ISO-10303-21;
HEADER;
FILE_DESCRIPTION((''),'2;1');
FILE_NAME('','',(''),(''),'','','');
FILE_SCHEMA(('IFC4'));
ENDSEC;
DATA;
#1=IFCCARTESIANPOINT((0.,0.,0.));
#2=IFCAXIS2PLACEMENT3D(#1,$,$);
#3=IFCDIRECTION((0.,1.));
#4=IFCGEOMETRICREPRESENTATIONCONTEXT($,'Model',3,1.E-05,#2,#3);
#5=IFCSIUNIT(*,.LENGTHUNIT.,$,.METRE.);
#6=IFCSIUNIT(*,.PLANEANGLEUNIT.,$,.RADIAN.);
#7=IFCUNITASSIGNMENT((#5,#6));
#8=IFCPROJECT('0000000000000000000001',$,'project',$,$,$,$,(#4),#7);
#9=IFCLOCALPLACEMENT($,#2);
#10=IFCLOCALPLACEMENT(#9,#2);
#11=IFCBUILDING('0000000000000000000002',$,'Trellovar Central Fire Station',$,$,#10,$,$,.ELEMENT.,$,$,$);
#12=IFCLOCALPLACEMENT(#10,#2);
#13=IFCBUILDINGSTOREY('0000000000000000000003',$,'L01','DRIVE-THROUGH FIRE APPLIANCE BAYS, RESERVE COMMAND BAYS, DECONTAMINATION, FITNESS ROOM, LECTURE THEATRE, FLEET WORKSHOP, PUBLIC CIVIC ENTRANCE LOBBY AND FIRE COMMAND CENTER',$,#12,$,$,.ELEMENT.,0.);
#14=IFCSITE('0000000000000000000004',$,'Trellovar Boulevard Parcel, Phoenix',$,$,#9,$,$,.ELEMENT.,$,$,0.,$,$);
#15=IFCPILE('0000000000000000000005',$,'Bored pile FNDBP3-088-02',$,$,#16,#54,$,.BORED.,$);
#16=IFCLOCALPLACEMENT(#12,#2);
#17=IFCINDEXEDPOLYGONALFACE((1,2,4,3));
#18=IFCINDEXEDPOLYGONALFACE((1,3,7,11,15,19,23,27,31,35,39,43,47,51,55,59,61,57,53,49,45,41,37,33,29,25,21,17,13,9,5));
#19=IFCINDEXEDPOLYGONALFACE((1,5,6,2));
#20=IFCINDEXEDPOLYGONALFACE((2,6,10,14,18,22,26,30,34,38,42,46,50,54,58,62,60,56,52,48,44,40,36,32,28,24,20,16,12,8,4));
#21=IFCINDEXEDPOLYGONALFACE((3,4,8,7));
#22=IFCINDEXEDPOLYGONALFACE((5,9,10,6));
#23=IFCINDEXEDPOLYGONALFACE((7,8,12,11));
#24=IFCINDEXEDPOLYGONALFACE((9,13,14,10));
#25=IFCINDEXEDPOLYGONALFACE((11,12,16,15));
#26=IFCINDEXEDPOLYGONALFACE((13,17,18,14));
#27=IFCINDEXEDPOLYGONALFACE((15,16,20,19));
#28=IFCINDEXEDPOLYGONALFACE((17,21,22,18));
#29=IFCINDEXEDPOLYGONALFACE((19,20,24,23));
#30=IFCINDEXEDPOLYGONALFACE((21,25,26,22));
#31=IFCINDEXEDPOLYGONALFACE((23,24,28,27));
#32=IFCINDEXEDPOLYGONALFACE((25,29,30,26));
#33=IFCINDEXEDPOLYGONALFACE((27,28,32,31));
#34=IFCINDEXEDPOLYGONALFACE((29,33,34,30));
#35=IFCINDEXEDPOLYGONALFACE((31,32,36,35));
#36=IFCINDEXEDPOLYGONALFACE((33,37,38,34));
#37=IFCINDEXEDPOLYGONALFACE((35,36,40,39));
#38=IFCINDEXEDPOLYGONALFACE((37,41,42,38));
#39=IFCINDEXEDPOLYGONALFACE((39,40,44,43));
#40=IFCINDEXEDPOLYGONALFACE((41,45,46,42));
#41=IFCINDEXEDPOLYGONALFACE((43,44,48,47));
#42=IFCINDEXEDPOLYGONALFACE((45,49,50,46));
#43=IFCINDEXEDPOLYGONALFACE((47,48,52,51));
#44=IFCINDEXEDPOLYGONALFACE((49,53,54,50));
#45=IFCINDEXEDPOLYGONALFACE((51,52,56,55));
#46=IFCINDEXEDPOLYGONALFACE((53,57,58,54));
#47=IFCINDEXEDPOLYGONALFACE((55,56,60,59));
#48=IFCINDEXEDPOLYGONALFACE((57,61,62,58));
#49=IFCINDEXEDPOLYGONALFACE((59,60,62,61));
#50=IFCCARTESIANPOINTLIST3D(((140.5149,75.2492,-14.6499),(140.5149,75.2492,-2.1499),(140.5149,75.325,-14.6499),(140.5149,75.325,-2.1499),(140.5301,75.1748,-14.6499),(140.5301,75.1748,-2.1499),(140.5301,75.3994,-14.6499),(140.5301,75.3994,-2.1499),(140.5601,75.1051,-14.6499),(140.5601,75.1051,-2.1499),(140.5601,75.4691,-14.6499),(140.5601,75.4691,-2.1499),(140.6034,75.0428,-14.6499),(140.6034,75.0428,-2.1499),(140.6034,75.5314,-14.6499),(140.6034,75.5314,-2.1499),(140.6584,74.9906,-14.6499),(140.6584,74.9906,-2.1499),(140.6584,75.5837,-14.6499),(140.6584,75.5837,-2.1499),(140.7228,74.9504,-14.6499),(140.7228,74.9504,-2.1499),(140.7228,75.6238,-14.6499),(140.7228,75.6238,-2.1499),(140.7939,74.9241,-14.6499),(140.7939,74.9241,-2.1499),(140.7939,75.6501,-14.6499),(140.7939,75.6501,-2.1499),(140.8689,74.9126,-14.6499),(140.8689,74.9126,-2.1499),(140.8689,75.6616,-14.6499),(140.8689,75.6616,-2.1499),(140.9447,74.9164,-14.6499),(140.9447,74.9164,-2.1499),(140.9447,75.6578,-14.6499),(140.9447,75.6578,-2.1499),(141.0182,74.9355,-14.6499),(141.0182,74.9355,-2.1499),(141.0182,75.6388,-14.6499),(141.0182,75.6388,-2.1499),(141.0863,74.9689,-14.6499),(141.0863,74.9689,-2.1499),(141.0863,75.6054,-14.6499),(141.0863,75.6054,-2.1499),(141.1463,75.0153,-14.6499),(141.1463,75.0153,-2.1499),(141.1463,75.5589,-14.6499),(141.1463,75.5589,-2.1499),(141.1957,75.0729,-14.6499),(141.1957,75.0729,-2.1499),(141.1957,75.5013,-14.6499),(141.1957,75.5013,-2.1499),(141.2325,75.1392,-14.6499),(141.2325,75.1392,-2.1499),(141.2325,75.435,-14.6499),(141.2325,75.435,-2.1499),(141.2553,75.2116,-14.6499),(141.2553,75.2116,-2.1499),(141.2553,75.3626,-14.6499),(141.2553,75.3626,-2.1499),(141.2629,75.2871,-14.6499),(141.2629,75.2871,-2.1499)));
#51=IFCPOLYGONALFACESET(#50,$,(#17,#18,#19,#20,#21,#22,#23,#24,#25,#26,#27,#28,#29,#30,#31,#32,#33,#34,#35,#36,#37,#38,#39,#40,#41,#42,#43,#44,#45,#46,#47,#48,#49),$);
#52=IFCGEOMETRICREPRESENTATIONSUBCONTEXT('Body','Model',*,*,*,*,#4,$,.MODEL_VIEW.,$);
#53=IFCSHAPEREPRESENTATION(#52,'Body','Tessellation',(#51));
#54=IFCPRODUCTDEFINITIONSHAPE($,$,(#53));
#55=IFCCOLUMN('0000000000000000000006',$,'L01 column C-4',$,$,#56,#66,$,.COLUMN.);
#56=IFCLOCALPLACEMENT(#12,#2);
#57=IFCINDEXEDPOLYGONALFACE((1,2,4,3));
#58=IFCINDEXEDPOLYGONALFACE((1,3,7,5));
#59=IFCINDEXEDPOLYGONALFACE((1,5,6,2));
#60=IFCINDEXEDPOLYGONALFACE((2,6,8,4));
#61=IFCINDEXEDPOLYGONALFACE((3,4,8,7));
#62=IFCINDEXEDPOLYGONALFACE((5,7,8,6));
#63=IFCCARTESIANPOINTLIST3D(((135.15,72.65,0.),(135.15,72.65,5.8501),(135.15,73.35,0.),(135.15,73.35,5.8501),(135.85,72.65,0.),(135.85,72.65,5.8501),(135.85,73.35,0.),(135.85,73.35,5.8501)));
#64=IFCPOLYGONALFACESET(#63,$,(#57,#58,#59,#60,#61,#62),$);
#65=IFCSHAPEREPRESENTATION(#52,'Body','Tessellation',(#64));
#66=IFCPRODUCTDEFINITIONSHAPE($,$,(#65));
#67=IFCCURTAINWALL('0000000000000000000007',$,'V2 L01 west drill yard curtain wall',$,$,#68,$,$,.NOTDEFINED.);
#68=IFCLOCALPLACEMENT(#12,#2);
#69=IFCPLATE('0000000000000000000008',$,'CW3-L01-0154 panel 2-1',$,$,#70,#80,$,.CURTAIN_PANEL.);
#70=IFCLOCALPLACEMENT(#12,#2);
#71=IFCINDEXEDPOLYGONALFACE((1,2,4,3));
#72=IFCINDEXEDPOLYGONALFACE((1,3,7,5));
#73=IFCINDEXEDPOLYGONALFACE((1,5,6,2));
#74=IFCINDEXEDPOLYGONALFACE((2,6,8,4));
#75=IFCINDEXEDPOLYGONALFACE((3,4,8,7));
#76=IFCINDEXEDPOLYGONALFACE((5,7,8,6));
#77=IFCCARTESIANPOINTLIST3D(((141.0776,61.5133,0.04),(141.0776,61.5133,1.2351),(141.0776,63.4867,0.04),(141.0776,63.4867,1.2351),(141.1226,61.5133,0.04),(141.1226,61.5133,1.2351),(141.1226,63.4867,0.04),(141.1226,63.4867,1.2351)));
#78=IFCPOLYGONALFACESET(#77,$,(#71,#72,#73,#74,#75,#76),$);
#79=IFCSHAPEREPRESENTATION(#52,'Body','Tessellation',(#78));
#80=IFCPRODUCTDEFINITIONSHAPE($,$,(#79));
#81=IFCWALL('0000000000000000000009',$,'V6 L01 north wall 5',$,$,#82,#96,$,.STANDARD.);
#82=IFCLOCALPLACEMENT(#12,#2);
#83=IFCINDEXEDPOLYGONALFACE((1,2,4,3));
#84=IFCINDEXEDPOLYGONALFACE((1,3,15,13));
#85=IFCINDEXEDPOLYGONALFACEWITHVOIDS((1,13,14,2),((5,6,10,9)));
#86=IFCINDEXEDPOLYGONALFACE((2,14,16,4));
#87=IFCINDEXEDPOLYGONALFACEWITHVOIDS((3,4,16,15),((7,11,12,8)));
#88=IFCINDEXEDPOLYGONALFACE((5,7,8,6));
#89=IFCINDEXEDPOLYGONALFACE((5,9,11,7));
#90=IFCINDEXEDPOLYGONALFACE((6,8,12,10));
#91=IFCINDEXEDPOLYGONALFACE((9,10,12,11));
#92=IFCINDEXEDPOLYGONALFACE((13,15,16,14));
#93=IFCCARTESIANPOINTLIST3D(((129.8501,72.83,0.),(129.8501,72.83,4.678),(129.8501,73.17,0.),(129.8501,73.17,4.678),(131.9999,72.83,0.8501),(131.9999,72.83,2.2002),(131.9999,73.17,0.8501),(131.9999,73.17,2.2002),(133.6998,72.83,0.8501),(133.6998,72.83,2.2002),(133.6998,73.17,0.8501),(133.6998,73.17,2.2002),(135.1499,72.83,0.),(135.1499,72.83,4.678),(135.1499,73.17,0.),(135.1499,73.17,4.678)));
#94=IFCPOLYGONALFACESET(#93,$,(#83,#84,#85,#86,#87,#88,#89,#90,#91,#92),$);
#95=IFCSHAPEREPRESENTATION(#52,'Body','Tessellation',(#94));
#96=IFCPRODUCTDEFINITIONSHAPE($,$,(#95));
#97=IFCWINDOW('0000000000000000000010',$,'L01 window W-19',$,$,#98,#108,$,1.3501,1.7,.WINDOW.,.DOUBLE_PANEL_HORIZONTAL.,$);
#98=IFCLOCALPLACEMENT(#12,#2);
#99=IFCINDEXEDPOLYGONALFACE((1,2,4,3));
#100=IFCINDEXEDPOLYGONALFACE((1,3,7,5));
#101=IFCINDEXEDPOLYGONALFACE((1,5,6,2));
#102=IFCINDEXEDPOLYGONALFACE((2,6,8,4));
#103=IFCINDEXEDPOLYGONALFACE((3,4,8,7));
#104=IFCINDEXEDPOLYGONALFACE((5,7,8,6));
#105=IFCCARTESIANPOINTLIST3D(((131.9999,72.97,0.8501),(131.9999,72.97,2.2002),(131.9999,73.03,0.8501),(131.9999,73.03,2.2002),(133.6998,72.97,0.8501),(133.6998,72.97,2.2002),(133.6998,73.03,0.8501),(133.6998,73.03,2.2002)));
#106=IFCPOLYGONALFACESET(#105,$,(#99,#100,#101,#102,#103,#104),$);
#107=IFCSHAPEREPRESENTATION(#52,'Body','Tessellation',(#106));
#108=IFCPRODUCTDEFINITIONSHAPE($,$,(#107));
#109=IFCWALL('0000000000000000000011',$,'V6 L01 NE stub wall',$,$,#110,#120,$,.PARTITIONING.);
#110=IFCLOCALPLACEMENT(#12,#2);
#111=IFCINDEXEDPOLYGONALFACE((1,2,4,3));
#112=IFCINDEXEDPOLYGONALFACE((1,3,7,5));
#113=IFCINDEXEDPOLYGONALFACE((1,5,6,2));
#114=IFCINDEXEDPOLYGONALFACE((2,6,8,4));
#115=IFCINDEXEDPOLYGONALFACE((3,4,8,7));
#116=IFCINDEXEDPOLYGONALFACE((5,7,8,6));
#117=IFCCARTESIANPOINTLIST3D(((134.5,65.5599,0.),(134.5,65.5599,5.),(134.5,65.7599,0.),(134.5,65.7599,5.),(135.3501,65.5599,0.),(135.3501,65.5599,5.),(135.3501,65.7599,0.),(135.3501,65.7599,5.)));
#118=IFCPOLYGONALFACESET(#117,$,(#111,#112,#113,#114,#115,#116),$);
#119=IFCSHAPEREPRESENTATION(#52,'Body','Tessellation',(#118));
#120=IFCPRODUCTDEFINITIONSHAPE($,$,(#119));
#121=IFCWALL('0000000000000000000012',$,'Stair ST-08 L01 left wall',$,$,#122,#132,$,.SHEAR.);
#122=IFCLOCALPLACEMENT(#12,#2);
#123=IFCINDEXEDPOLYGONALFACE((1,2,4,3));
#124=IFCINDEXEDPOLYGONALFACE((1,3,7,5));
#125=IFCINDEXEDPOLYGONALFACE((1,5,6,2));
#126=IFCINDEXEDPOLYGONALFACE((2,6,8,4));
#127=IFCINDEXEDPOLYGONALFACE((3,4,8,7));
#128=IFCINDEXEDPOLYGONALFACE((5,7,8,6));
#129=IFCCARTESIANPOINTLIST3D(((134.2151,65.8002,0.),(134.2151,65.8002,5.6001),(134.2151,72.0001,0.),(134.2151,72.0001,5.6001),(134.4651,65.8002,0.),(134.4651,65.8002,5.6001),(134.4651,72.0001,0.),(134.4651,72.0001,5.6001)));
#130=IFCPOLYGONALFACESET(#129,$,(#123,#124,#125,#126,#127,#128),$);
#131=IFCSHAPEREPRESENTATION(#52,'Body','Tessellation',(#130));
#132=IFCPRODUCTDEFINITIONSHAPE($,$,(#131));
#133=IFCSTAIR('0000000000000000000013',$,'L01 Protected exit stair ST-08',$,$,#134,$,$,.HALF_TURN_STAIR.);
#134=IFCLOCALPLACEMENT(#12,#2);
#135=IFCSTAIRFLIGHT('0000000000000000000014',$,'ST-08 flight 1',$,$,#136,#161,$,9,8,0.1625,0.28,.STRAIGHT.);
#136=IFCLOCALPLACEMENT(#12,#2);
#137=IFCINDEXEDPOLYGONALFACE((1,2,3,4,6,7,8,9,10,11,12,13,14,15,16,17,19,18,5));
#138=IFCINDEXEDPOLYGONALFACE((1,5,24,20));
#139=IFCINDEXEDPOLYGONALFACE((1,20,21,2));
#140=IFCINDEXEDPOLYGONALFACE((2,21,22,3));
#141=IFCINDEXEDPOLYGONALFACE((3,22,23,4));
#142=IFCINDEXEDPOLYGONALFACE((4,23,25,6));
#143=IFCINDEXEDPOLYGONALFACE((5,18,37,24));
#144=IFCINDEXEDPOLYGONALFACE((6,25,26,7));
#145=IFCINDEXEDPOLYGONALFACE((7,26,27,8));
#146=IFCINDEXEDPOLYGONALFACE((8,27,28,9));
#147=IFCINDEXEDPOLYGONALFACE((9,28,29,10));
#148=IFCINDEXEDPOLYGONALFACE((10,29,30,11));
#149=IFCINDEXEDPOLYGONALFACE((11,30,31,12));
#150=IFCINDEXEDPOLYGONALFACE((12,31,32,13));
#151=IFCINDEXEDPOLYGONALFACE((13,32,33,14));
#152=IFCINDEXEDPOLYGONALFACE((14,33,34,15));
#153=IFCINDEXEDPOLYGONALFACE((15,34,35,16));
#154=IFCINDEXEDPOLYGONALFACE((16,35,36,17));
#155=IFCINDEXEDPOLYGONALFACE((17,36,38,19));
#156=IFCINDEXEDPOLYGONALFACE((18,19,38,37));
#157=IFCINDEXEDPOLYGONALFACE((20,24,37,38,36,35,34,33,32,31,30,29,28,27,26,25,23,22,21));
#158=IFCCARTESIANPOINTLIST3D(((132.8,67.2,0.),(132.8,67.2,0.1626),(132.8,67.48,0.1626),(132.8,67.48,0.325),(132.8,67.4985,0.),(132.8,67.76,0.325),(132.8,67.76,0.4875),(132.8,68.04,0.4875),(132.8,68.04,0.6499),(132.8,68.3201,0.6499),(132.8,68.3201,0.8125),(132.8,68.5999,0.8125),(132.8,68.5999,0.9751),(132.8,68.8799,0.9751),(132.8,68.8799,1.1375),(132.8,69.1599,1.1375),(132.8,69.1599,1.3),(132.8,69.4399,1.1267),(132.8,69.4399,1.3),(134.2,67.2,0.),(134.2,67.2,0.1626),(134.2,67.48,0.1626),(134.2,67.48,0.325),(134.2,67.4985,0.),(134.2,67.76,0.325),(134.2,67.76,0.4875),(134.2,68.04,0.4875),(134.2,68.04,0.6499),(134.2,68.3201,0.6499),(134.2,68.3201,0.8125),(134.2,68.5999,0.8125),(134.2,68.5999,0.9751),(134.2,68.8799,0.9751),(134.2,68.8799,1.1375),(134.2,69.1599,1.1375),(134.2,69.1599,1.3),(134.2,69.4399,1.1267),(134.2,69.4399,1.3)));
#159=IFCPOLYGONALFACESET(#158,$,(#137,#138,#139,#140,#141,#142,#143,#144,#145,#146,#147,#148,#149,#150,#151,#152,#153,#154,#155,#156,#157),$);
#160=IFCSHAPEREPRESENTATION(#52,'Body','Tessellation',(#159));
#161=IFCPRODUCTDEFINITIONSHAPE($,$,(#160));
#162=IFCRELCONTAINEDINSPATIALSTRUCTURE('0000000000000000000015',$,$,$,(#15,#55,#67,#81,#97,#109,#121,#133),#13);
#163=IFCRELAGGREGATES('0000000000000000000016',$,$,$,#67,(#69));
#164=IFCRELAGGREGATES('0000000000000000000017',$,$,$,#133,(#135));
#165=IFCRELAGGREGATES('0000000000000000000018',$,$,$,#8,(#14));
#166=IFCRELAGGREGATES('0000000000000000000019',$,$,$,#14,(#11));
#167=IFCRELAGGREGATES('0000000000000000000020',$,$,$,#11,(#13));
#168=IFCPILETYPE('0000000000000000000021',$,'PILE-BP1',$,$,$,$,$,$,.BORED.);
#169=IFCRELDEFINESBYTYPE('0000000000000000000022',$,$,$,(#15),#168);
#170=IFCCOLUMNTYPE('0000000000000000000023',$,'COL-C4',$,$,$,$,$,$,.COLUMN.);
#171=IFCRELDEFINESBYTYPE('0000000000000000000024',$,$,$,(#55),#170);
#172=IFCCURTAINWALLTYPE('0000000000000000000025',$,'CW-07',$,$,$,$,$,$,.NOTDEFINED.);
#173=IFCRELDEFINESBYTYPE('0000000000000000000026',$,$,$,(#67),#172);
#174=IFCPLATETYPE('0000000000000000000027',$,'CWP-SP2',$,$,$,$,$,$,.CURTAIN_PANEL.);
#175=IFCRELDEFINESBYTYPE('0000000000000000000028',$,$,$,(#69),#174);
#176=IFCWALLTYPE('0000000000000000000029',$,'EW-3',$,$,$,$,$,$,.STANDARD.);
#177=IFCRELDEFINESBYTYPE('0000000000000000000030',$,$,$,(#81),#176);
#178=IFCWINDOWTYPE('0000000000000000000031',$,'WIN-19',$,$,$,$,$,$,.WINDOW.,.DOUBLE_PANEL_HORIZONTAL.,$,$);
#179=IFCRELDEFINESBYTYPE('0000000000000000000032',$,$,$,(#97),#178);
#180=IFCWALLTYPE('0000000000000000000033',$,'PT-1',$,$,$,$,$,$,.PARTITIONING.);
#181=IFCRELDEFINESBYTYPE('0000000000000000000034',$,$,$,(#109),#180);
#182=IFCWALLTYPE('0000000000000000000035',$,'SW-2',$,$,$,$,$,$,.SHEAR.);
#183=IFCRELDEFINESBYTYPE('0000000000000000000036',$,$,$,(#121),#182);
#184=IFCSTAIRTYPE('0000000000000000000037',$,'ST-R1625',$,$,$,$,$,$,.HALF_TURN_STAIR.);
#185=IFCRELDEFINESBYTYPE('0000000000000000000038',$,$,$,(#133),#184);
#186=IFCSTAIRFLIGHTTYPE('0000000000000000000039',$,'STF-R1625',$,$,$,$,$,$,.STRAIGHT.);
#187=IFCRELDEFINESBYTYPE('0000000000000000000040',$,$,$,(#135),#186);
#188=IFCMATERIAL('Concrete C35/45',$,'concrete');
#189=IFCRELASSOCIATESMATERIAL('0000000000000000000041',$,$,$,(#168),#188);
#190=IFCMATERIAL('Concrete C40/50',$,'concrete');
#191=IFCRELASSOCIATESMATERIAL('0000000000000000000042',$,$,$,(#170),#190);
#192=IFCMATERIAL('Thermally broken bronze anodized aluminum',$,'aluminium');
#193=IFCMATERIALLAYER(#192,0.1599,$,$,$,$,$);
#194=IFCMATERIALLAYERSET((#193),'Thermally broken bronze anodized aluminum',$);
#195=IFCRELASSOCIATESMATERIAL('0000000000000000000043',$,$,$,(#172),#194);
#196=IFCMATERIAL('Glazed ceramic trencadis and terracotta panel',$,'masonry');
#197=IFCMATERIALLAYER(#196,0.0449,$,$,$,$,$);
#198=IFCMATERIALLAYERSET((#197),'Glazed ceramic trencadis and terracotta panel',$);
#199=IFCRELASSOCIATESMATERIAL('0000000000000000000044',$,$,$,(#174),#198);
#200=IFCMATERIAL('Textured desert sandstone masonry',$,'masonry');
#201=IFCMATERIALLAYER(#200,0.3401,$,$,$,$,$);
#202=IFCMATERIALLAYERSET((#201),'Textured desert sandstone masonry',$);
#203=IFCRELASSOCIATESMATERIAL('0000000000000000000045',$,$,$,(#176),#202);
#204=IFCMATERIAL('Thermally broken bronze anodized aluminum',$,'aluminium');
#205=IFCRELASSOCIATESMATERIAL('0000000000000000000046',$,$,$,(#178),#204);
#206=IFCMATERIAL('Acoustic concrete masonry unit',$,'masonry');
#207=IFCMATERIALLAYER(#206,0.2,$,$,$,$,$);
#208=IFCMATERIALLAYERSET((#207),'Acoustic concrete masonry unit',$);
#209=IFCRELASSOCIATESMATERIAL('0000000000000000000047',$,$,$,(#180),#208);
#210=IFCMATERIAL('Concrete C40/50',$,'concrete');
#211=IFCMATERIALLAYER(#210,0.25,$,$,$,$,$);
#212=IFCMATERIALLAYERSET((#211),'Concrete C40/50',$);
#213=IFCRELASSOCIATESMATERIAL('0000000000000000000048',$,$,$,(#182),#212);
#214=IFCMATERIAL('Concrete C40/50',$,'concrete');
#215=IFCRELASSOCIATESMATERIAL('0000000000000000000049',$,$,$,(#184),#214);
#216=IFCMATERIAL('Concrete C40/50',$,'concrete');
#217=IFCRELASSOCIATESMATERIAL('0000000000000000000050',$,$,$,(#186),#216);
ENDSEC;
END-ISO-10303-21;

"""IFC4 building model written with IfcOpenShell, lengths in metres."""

from ifc_helpers import new_model, si_unit, direction, frame, frame_2d, origin, origin_2d, place, context, subcontext, project, spatial, polyline, rectangle, circle, outline, extrude, material, layer, layer_set, material_profile, profile_set, type_object, element, fill, aggregate, save


model = new_model("IFC4")

# Units and contexts
model_context = context("Model", 3, precision=1e-05, world=origin(), true_north=direction((0.0, 1.0)))
body_context = subcontext(model_context, "Body", "Model", "MODEL_VIEW")
ifc_project = project(units=[si_unit("LENGTHUNIT", "METRE"), si_unit("PLANEANGLEUNIT", "RADIAN")], contexts=[model_context])

# Site, building, storey
site_placement = place(None, origin())
site = spatial("IfcSite", under=ifc_project, at=site_placement, Name="Trellovar Boulevard Parcel, Phoenix", CompositionType="ELEMENT", RefElevation=0.0)
building_placement = place(site_placement, origin())
building = spatial("IfcBuilding", under=site, at=building_placement, Name="Trellovar Central Fire Station", CompositionType="ELEMENT")
storey_placement = place(building_placement, origin())
storey = spatial("IfcBuildingStorey", under=building, at=storey_placement, Name="L01", Description="DRIVE-THROUGH FIRE APPLIANCE BAYS, RESERVE COMMAND BAYS, DECONTAMINATION, FITNESS ROOM, LECTURE THEATRE, FLEET WORKSHOP, PUBLIC CIVIC ENTRANCE LOBBY AND FIRE COMMAND CENTER", CompositionType="ELEMENT", Elevation=0.0)

# Pile
ifc_material_1 = material(Name="Concrete C35/45", Category="concrete")
ifc_material_profile_1 = material_profile(ifc_material_1, circle(Radius=0.375, at=origin_2d()), Name="PILE750")
ifc_profile_set_1 = profile_set([ifc_material_profile_1], Name="Concrete C35/45")
pile_type = type_object("IfcPileType", Name="PILE-BP1", PredefinedType="BORED", material=ifc_profile_set_1)
for number, where, z_axis, x_axis, name in (
    (1, (140.8879, 75.2871, -2.1499), (0.0, 0.0, -1.0), (1.0, 0.0, 0.0), "Bored pile FNDBP3-088-02"),
):
    element("IfcPile", number, at=place(storey_placement, frame(where, z_axis=z_axis, x_axis=x_axis)), inside=storey, type_object=pile_type, Name=name, PredefinedType="BORED", context=body_context, shape_type="SweptSolid", body=[
        extrude(circle(Radius=0.375, at=origin_2d()), origin(), (0.0, 0.0, 1.0), 12.5),
    ])

# Column
ifc_material_2 = material(Name="Concrete C40/50", Category="concrete")
ifc_material_profile_2 = material_profile(ifc_material_2, rectangle(XDim=0.7, YDim=0.7, at=origin_2d()), Name="RC700X700")
ifc_profile_set_2 = profile_set([ifc_material_profile_2], Name="Concrete C40/50")
column_type = type_object("IfcColumnType", Name="COL-C4", PredefinedType="COLUMN", material=ifc_profile_set_2)
column_placement = place(storey_placement, frame((135.5, 73.0, 0.0), z_axis=(0.0, 0.0, 1.0), x_axis=(1.0, 0.0, 0.0)))
element("IfcColumn", 2, at=column_placement, inside=storey, type_object=column_type, Name="L01 column C-4", PredefinedType="COLUMN", context=body_context, shape_type="SweptSolid", body=[
    extrude(rectangle(XDim=0.7, YDim=0.7, at=origin_2d()), origin(), (0.0, 0.0, 1.0), 5.8501),
])

# Curtain wall, plate
ifc_material_3 = material(Name="Thermally broken bronze anodized aluminum", Category="aluminium")
ifc_layer_1 = layer(ifc_material_3, 0.1599)
ifc_layer_set_1 = layer_set([ifc_layer_1], Name="Thermally broken bronze anodized aluminum")
curtain_wall_type = type_object("IfcCurtainWallType", Name="CW-07", PredefinedType="NOTDEFINED", material=ifc_layer_set_1)
curtain_wall_placement = place(storey_placement, origin())
curtain_wall = element("IfcCurtainWall", 3, at=curtain_wall_placement, inside=storey, type_object=curtain_wall_type, Name="V2 L01 west drill yard curtain wall", PredefinedType="NOTDEFINED")
ifc_material_4 = material(Name="Glazed ceramic trencadis and terracotta panel", Category="masonry")
ifc_layer_2 = layer(ifc_material_4, 0.0449)
ifc_layer_set_2 = layer_set([ifc_layer_2], Name="Glazed ceramic trencadis and terracotta panel")
plate_type = type_object("IfcPlateType", Name="CWP-SP2", PredefinedType="CURTAIN_PANEL", material=ifc_layer_set_2)
plate_placement = place(storey_placement, frame((141.1001, 62.5, 0.04), z_axis=(0.0, 0.0, 1.0), x_axis=(0.0, 1.0, 0.0)))
plate = element("IfcPlate", 4, at=plate_placement, type_object=plate_type, Name="CW3-L01-0154 panel 2-1", PredefinedType="CURTAIN_PANEL", context=body_context, shape_type="SweptSolid", body=[
    extrude(rectangle(XDim=1.9734, YDim=0.0449, at=origin_2d()), origin(), (0.0, 0.0, 1.0), 1.1951),
])
aggregate(curtain_wall, [plate])

# Wall, opening, window
ifc_material_5 = material(Name="Textured desert sandstone masonry", Category="masonry")
ifc_layer_3 = layer(ifc_material_5, 0.3401)
ifc_layer_set_3 = layer_set([ifc_layer_3], Name="Textured desert sandstone masonry")
wall_type_1 = type_object("IfcWallType", Name="EW-3", PredefinedType="STANDARD", material=ifc_layer_set_3)
wall_1_placement = place(storey_placement, frame((135.1499, 73.0, 0.0), z_axis=(0.0, 0.0, 1.0), x_axis=(-1.0, 0.0, 0.0)))
wall_1 = element("IfcWall", 5, at=wall_1_placement, inside=storey, type_object=wall_type_1, Name="V6 L01 north wall 5", PredefinedType="STANDARD", context=body_context, shape_type="SweptSolid", body=[
    extrude(rectangle(XDim=5.2998, YDim=0.3401, at=frame_2d((2.6499, 0.0))), origin(), (0.0, 0.0, 1.0), 4.678),
])
opening_1_placement = place(wall_1_placement, frame((1.45, 0.0, 0.8501)))
opening_1 = element("IfcOpeningElement", 6, at=opening_1_placement, cuts=wall_1, PredefinedType="OPENING", context=body_context, shape_type="SweptSolid", body=[
    extrude(rectangle(XDim=1.7, YDim=1.3501, at=frame_2d((0.8501, 0.675))), frame((0.0, 0.1799, 0.0), z_axis=(0.0, -1.0, 0.0), x_axis=(1.0, 0.0, 0.0)), (0.0, 0.0, 1.0), 0.3601),
])
ifc_material_6 = material(Name="Thermally broken bronze anodized aluminum", Category="aluminium")
window_type = type_object("IfcWindowType", Name="WIN-19", PartitioningType="DOUBLE_PANEL_HORIZONTAL", PredefinedType="WINDOW", material=ifc_material_6)
window_placement = place(opening_1_placement, origin())
window = element("IfcWindow", 7, at=window_placement, inside=storey, type_object=window_type, Name="L01 window W-19", OverallHeight=1.3501, OverallWidth=1.7, PartitioningType="DOUBLE_PANEL_HORIZONTAL", PredefinedType="WINDOW", context=body_context, shape_type="SweptSolid", body=[
    extrude(rectangle(XDim=1.7, YDim=1.3501, at=frame_2d((0.8501, 0.675))), frame((0.0, 0.03, 0.0), z_axis=(0.0, -1.0, 0.0), x_axis=(1.0, 0.0, 0.0)), (0.0, 0.0, 1.0), 0.0601),
])
fill(opening_1, window)

# Wall
ifc_material_7 = material(Name="Acoustic concrete masonry unit", Category="masonry")
ifc_layer_4 = layer(ifc_material_7, 0.2)
ifc_layer_set_4 = layer_set([ifc_layer_4], Name="Acoustic concrete masonry unit")
wall_type_2 = type_object("IfcWallType", Name="PT-1", PredefinedType="PARTITIONING", material=ifc_layer_set_4)
wall_2_placement = place(storey_placement, frame((134.5, 65.6599, 0.0), z_axis=(0.0, 0.0, 1.0), x_axis=(1.0, 0.0, 0.0)))
element("IfcWall", 8, at=wall_2_placement, inside=storey, type_object=wall_type_2, Name="V6 L01 NE stub wall", PredefinedType="PARTITIONING", context=body_context, shape_type="SweptSolid", body=[
    extrude(rectangle(XDim=0.8501, YDim=0.2, at=frame_2d((0.425, 0.0))), origin(), (0.0, 0.0, 1.0), 5.0),
])

# Wall
ifc_material_8 = material(Name="Concrete C40/50", Category="concrete")
ifc_layer_5 = layer(ifc_material_8, 0.25)
ifc_layer_set_5 = layer_set([ifc_layer_5], Name="Concrete C40/50")
wall_type_3 = type_object("IfcWallType", Name="SW-2", PredefinedType="SHEAR", material=ifc_layer_set_5)
wall_3_placement = place(storey_placement, frame((134.3401, 65.8, 0.0), z_axis=(0.0, 0.0, 1.0), x_axis=(0.0, 1.0, 0.0)))
element("IfcWall", 9, at=wall_3_placement, inside=storey, type_object=wall_type_3, Name="Stair ST-08 L01 left wall", PredefinedType="SHEAR", context=body_context, shape_type="SweptSolid", body=[
    extrude(rectangle(XDim=6.2, YDim=0.25, at=frame_2d((3.1001, 0.0))), origin(), (0.0, 0.0, 1.0), 5.6001),
])

# Stair, stair flight
ifc_material_9 = material(Name="Concrete C40/50", Category="concrete")
stair_type = type_object("IfcStairType", Name="ST-R1625", PredefinedType="HALF_TURN_STAIR", material=ifc_material_9)
stair_placement = place(storey_placement, origin())
stair = element("IfcStair", 10, at=stair_placement, inside=storey, type_object=stair_type, Name="L01 Protected exit stair ST-08", PredefinedType="HALF_TURN_STAIR")
ifc_material_10 = material(Name="Concrete C40/50", Category="concrete")
stair_flight_type = type_object("IfcStairFlightType", Name="STF-R1625", PredefinedType="STRAIGHT", material=ifc_material_10)
stair_flight_1_placement = place(storey_placement, frame((133.5, 67.2, 0.0), z_axis=(0.0, 0.0, 1.0), x_axis=(0.0, 1.0, 0.0)))
stair_flight_1 = element("IfcStairFlight", 11, at=stair_flight_1_placement, type_object=stair_flight_type, Name="ST-08 flight 1", NumberOfRisers=9, NumberOfTreads=8, PredefinedType="STRAIGHT", RiserHeight=0.1625, TreadLength=0.28, context=body_context, shape_type="SweptSolid", body=[
    extrude(outline(polyline([(0.0, 0.0), (0.0, 0.1626), (0.28, 0.1626), (0.28, 0.325), (0.5601, 0.325), (0.5601, 0.4875), (0.8401, 0.4875), (0.8401, 0.6499), (1.1201, 0.6499), (1.1201, 0.8125), (1.3999, 0.8125), (1.3999, 0.9751), (1.6799, 0.9751), (1.6799, 1.1375), (1.96, 1.1375), (1.96, 1.3), (2.24, 1.3), (2.24, 1.4624), (2.24, 1.1267), (0.2986, 0.0), (0.0, 0.0)])), frame((0.0, 0.7, 0.0), z_axis=(0.0, -1.0, 0.0), x_axis=(1.0, 0.0, 0.0)), (0.0, 0.0, 1.0), 1.3999),
])
aggregate(stair, [stair_flight_1])

save(model, "model.ifc")
